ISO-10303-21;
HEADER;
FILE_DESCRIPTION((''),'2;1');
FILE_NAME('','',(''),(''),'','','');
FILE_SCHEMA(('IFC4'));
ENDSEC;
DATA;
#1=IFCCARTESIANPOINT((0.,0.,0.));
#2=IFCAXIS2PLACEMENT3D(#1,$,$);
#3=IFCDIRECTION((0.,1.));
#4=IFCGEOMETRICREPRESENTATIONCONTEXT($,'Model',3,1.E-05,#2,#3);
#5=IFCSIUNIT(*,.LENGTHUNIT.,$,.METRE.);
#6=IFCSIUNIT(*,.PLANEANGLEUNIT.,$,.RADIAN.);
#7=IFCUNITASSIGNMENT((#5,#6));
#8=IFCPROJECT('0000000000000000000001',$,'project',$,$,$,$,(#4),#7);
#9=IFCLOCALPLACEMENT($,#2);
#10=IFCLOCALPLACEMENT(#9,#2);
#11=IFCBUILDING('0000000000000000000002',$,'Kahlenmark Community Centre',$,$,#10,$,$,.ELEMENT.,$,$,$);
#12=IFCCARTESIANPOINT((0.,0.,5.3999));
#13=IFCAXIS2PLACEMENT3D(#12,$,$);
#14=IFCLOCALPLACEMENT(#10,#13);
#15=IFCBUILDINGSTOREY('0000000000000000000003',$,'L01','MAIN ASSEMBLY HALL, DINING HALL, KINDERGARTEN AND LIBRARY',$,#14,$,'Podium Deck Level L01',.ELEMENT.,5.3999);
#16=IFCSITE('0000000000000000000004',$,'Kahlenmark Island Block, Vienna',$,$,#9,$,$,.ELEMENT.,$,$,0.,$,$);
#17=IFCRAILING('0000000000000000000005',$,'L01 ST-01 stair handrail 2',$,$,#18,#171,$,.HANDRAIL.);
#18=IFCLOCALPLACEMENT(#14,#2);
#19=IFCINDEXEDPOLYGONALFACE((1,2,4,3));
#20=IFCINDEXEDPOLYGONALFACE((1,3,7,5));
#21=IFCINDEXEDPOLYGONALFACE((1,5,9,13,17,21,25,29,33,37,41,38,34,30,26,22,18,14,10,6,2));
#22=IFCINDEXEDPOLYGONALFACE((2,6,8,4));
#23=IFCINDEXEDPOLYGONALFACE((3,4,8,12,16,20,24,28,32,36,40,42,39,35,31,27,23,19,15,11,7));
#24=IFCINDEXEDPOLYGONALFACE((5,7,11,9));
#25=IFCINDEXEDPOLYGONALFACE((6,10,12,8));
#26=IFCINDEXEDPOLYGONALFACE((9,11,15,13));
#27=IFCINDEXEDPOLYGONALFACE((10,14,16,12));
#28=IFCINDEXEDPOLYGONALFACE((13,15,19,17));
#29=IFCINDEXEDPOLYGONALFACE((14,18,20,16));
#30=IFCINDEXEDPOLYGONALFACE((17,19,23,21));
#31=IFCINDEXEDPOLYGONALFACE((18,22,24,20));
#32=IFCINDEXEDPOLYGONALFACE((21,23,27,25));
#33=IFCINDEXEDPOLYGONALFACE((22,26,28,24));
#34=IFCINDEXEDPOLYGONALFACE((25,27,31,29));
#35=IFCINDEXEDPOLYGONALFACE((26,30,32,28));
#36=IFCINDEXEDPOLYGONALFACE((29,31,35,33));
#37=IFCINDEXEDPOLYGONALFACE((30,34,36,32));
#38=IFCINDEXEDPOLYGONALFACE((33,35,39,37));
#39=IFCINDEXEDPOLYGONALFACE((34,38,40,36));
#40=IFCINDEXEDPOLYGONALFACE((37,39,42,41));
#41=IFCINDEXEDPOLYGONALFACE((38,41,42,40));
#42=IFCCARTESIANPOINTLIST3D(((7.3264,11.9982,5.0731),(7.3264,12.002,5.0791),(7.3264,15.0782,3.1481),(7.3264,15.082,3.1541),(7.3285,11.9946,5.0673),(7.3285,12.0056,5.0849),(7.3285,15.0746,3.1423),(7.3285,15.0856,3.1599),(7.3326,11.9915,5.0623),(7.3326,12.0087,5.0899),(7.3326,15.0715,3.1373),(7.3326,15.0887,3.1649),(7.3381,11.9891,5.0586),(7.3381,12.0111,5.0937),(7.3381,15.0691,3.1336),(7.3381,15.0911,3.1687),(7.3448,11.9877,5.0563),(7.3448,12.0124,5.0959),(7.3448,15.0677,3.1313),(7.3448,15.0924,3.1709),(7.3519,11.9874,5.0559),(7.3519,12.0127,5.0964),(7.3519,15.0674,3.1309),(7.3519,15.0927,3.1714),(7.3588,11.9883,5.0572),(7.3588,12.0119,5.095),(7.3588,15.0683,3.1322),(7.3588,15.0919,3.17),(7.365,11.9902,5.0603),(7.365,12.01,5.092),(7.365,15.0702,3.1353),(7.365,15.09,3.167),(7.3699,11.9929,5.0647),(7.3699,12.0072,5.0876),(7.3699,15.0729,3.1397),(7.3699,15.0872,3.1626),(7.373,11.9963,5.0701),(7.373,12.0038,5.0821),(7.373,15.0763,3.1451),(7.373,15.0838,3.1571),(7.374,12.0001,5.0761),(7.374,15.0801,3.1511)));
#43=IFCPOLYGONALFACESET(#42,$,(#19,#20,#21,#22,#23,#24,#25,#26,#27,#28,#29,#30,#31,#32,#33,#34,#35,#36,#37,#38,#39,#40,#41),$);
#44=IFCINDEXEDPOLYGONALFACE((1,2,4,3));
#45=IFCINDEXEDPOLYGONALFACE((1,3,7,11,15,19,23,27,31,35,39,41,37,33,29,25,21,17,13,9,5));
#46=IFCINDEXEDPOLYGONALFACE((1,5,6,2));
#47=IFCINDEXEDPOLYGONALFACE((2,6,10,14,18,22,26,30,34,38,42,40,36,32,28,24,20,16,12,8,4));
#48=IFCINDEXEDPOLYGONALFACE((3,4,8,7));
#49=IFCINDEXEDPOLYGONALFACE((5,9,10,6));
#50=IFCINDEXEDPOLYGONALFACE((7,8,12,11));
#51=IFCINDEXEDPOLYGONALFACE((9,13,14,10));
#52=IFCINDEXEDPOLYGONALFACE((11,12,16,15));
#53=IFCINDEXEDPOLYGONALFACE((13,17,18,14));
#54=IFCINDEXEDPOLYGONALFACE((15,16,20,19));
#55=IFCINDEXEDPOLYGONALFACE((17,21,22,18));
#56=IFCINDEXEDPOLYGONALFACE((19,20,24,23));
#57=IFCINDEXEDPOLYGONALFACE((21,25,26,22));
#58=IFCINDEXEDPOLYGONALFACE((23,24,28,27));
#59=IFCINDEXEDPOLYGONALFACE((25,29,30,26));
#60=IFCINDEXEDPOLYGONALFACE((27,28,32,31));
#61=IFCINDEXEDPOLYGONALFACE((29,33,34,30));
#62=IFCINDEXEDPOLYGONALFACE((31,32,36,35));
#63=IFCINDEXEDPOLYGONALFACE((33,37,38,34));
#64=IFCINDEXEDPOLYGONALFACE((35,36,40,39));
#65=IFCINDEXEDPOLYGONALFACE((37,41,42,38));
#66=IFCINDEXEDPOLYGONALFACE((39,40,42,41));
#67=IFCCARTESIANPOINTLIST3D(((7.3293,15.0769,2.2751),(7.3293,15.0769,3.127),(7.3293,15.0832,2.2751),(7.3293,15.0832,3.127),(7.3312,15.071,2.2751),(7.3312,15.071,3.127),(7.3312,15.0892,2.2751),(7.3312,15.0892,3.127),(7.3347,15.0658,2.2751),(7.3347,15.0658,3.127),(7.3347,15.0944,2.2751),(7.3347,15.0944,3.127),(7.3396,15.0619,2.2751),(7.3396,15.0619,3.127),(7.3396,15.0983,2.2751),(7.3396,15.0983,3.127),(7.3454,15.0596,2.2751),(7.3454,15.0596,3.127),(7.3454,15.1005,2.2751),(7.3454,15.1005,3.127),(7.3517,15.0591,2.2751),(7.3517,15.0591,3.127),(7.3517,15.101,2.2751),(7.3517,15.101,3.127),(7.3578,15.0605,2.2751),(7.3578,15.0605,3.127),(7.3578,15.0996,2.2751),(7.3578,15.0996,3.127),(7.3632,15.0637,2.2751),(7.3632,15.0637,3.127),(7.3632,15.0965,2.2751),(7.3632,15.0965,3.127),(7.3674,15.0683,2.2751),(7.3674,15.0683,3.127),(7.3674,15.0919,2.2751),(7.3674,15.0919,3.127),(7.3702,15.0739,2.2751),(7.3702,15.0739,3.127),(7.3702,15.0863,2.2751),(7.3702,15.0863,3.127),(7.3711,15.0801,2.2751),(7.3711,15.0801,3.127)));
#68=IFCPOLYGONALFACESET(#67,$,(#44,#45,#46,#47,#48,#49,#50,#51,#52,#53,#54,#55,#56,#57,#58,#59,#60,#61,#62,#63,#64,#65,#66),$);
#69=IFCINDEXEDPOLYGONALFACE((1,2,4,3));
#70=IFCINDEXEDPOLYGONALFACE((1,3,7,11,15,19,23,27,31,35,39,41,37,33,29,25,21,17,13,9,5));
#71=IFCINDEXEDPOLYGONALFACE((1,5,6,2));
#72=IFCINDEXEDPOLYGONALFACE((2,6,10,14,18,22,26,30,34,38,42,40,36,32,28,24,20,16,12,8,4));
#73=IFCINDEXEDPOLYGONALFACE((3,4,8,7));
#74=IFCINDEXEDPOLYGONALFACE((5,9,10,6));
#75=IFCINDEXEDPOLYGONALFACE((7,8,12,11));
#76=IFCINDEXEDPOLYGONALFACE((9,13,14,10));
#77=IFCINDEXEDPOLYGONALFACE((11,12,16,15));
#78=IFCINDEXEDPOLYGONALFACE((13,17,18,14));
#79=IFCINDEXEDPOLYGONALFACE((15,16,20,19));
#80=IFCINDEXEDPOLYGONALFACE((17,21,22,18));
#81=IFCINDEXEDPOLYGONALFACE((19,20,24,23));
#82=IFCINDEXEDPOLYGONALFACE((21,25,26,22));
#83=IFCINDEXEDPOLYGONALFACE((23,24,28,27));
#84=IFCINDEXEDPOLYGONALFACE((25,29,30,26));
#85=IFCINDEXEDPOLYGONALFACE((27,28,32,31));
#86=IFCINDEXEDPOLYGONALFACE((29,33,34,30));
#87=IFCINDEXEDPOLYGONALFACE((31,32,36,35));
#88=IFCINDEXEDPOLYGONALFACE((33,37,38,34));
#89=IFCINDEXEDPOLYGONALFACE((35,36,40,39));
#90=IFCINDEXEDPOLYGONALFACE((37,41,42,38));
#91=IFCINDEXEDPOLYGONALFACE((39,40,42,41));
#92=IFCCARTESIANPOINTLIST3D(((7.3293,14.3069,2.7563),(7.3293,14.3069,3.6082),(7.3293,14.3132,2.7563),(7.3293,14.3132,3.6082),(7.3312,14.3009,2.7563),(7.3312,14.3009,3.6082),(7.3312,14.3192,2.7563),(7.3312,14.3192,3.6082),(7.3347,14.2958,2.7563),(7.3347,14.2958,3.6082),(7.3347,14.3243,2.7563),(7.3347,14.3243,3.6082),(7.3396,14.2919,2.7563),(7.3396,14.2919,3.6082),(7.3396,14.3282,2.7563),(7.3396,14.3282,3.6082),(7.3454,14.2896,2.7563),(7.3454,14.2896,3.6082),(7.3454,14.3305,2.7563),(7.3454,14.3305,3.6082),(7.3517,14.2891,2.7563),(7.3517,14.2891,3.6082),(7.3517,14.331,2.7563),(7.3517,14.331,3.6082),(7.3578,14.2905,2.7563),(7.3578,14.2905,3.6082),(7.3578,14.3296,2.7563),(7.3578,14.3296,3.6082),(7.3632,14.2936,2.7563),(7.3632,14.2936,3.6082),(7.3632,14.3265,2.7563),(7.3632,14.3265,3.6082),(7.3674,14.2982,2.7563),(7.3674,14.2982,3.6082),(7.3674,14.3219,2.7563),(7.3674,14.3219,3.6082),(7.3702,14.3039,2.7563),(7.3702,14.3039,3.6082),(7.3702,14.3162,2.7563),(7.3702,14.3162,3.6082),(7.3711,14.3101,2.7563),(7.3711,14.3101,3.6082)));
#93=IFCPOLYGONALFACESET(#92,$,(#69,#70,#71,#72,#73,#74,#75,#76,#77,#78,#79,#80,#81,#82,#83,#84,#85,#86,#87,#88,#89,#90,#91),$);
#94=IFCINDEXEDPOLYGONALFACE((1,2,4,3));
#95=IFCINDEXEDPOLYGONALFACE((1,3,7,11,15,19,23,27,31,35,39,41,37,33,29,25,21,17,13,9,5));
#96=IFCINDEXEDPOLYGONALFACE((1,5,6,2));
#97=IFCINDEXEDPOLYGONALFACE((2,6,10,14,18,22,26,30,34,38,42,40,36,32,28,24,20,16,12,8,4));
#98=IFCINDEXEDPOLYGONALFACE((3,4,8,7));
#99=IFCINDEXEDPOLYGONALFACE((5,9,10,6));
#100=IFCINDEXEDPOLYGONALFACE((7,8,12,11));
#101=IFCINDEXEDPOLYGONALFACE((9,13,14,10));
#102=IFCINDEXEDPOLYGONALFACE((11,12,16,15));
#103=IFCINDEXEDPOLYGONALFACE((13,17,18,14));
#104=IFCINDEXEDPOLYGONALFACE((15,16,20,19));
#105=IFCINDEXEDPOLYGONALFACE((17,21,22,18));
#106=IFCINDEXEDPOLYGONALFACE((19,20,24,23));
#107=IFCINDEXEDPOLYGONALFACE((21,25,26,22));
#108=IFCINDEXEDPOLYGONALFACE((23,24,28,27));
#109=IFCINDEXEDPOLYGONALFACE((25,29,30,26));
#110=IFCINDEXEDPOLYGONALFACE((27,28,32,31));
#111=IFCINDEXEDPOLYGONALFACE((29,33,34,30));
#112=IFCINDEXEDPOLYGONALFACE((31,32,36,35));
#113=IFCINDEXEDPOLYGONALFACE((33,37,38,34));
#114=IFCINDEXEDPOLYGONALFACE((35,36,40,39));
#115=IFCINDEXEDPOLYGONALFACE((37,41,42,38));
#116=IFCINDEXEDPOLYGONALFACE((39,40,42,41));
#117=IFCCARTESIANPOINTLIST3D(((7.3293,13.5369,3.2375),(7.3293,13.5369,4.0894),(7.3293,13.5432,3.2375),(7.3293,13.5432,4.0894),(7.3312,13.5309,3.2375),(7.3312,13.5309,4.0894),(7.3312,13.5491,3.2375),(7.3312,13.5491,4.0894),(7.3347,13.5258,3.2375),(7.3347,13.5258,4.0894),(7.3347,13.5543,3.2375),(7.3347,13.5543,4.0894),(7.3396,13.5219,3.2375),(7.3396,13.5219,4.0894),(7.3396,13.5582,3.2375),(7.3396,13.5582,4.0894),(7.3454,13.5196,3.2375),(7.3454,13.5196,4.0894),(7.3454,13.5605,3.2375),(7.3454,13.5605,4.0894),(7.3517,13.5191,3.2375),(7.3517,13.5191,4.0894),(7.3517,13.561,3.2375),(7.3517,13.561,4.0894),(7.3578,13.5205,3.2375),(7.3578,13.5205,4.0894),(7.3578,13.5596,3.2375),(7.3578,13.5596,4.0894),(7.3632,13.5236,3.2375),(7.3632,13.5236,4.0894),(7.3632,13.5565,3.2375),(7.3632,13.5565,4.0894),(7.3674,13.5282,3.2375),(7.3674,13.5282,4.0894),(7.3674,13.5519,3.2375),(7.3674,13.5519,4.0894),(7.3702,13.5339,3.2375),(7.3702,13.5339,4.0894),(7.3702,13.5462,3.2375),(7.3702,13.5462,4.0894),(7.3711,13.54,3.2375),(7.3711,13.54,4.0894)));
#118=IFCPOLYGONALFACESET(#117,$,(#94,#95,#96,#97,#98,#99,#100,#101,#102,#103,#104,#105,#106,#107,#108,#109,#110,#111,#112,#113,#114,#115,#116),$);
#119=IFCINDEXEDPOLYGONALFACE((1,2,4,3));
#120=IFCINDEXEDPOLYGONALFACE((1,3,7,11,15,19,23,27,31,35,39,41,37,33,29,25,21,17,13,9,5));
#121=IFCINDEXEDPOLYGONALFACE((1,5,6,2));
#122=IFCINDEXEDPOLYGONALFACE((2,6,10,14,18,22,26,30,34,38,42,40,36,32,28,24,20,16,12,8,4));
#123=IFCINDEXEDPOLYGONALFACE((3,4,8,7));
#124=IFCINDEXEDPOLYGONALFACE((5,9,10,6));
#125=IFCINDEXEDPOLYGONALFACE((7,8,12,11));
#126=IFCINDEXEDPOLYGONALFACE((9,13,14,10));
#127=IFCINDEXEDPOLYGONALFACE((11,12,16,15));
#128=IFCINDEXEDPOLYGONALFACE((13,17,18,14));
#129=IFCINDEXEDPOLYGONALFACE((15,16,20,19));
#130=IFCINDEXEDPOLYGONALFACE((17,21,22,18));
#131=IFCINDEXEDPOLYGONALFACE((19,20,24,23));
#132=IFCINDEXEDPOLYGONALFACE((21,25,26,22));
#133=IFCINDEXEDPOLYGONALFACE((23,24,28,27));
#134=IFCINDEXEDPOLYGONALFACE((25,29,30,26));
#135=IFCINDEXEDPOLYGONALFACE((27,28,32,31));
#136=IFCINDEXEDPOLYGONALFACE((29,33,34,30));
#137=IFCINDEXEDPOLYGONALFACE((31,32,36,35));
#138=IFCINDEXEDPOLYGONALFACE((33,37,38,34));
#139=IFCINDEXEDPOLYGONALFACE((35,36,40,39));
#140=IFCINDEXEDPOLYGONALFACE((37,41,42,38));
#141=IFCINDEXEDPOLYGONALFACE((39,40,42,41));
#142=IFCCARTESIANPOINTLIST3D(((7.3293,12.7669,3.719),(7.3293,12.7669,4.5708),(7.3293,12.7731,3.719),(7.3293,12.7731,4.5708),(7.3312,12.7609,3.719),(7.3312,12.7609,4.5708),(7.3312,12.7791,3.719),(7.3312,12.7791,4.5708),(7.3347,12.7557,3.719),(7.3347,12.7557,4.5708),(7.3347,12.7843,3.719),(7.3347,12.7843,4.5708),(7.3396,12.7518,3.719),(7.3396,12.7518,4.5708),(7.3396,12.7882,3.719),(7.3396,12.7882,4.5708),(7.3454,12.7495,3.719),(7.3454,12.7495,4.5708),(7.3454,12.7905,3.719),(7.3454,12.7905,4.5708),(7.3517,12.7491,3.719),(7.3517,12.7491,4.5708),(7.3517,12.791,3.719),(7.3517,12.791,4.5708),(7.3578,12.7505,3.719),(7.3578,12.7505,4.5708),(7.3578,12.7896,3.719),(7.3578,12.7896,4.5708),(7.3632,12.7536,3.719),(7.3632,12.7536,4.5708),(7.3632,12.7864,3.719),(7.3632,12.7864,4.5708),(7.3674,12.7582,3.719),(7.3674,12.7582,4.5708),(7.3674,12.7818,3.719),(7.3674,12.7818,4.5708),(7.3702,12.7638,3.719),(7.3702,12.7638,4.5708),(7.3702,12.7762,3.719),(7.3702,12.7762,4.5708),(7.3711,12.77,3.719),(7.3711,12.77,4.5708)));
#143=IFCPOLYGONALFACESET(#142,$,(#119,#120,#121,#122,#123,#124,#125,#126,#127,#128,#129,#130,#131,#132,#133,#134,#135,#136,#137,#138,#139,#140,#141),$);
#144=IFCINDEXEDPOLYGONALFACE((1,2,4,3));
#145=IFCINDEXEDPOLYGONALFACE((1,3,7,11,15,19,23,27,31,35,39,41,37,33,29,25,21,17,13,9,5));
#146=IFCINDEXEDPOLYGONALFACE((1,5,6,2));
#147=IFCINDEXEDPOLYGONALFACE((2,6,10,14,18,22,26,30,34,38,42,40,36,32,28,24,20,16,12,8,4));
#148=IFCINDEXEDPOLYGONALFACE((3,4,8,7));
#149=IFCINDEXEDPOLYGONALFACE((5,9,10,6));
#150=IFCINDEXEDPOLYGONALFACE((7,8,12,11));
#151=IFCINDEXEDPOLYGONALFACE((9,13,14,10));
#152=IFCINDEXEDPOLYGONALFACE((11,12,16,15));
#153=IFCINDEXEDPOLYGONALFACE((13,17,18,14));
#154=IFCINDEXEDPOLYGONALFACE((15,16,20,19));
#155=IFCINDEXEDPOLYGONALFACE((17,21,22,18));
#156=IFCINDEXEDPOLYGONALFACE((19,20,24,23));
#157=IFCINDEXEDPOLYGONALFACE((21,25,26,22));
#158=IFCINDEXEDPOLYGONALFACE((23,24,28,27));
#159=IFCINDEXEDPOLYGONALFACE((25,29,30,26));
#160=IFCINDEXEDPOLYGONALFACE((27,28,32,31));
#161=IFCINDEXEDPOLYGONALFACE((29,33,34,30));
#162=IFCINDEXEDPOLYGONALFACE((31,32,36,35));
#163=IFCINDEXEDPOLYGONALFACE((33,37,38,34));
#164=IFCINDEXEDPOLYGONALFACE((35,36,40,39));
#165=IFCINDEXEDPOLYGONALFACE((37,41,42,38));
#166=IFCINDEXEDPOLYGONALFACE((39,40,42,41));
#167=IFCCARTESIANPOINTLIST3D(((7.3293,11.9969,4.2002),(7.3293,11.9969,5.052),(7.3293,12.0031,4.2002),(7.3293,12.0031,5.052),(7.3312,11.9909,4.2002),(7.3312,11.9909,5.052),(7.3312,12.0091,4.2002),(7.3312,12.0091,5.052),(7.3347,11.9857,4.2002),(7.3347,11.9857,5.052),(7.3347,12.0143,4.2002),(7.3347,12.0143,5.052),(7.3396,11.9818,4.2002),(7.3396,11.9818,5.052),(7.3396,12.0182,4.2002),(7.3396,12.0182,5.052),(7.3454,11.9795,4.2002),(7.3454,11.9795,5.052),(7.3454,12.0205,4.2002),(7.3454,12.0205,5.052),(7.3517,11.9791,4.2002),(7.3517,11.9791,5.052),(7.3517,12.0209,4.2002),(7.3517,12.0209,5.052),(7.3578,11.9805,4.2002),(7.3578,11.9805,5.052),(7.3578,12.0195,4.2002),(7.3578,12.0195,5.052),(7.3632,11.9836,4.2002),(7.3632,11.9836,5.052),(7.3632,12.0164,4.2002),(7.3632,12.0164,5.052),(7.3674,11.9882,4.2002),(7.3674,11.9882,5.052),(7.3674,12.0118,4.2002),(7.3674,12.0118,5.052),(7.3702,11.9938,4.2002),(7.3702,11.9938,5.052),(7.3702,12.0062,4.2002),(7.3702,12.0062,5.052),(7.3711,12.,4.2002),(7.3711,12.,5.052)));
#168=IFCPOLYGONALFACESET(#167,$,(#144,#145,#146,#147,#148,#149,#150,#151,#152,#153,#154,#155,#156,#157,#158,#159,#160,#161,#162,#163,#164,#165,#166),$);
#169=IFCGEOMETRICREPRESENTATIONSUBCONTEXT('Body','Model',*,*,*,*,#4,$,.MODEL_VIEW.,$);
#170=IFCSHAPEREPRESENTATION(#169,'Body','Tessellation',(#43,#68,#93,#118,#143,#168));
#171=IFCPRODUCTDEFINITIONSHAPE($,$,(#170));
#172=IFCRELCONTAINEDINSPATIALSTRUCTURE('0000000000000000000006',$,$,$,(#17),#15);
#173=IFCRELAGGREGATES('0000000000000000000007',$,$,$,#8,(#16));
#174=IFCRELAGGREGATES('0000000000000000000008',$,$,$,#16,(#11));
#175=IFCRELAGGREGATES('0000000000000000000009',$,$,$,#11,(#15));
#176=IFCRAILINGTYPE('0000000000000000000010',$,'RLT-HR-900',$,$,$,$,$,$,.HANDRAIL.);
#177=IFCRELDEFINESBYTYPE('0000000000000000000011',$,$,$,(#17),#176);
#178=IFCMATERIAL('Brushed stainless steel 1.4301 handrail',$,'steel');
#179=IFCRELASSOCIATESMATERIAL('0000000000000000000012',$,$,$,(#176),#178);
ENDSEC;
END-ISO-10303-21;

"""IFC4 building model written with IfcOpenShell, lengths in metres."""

from ifc_helpers import new_model, si_unit, direction, frame, origin, origin_2d, place, context, subcontext, project, spatial, circle, extrude, material, type_object, element, save


model = new_model("IFC4")

# Units and contexts
model_context = context("Model", 3, precision=1e-05, world=origin(), true_north=direction((0.0, 1.0)))
body_context = subcontext(model_context, "Body", "Model", "MODEL_VIEW")
ifc_project = project(units=[si_unit("LENGTHUNIT", "METRE"), si_unit("PLANEANGLEUNIT", "RADIAN")], contexts=[model_context])

# Site, building, storey
site_placement = place(None, origin())
site = spatial("IfcSite", under=ifc_project, at=site_placement, Name="Kahlenmark Island Block, Vienna", CompositionType="ELEMENT", RefElevation=0.0)
building_placement = place(site_placement, origin())
building = spatial("IfcBuilding", under=site, at=building_placement, Name="Kahlenmark Community Centre", CompositionType="ELEMENT")
storey_placement = place(building_placement, frame((0.0, 0.0, 5.3999)))
storey = spatial("IfcBuildingStorey", under=building, at=storey_placement, Name="L01", Description="MAIN ASSEMBLY HALL, DINING HALL, KINDERGARTEN AND LIBRARY", LongName="Podium Deck Level L01", CompositionType="ELEMENT", Elevation=5.3999)

# Railing
ifc_material_1 = material(Name="Brushed stainless steel 1.4301 handrail", Category="steel")
railing_type_1 = type_object("IfcRailingType", Name="RLT-HR-900", PredefinedType="HANDRAIL", material=ifc_material_1)
railing_1_placement = place(storey_placement, frame((7.3501, 15.0801, 2.2751)))
element("IfcRailing", 1, at=railing_1_placement, inside=storey, type_object=railing_type_1, Name="L01 ST-01 stair handrail 2", PredefinedType="HANDRAIL", context=body_context, shape_type="SweptSolid", body=[
    extrude(circle(Radius=0.0239, at=origin_2d()), frame((0.0, 0.0, 0.876), z_axis=(0.0, -0.847998, 0.529999), x_axis=(1.0, 0.0, 0.0)), (0.0, 0.0, 1.0), 3.6321),
    extrude(circle(Radius=0.021, at=origin_2d()), origin(), (0.0, 0.0, 1.0), 0.8518),
    extrude(circle(Radius=0.021, at=origin_2d()), frame((0.0, -0.77, 0.4812)), (0.0, 0.0, 1.0), 0.8518),
    extrude(circle(Radius=0.021, at=origin_2d()), frame((0.0, -1.54, 0.9624)), (0.0, 0.0, 1.0), 0.8518),
    extrude(circle(Radius=0.021, at=origin_2d()), frame((0.0, -2.3101, 1.4438)), (0.0, 0.0, 1.0), 0.8518),
    extrude(circle(Radius=0.021, at=origin_2d()), frame((0.0, -3.0801, 1.925)), (0.0, 0.0, 1.0), 0.8518),
])

save(model, "model.ifc")
